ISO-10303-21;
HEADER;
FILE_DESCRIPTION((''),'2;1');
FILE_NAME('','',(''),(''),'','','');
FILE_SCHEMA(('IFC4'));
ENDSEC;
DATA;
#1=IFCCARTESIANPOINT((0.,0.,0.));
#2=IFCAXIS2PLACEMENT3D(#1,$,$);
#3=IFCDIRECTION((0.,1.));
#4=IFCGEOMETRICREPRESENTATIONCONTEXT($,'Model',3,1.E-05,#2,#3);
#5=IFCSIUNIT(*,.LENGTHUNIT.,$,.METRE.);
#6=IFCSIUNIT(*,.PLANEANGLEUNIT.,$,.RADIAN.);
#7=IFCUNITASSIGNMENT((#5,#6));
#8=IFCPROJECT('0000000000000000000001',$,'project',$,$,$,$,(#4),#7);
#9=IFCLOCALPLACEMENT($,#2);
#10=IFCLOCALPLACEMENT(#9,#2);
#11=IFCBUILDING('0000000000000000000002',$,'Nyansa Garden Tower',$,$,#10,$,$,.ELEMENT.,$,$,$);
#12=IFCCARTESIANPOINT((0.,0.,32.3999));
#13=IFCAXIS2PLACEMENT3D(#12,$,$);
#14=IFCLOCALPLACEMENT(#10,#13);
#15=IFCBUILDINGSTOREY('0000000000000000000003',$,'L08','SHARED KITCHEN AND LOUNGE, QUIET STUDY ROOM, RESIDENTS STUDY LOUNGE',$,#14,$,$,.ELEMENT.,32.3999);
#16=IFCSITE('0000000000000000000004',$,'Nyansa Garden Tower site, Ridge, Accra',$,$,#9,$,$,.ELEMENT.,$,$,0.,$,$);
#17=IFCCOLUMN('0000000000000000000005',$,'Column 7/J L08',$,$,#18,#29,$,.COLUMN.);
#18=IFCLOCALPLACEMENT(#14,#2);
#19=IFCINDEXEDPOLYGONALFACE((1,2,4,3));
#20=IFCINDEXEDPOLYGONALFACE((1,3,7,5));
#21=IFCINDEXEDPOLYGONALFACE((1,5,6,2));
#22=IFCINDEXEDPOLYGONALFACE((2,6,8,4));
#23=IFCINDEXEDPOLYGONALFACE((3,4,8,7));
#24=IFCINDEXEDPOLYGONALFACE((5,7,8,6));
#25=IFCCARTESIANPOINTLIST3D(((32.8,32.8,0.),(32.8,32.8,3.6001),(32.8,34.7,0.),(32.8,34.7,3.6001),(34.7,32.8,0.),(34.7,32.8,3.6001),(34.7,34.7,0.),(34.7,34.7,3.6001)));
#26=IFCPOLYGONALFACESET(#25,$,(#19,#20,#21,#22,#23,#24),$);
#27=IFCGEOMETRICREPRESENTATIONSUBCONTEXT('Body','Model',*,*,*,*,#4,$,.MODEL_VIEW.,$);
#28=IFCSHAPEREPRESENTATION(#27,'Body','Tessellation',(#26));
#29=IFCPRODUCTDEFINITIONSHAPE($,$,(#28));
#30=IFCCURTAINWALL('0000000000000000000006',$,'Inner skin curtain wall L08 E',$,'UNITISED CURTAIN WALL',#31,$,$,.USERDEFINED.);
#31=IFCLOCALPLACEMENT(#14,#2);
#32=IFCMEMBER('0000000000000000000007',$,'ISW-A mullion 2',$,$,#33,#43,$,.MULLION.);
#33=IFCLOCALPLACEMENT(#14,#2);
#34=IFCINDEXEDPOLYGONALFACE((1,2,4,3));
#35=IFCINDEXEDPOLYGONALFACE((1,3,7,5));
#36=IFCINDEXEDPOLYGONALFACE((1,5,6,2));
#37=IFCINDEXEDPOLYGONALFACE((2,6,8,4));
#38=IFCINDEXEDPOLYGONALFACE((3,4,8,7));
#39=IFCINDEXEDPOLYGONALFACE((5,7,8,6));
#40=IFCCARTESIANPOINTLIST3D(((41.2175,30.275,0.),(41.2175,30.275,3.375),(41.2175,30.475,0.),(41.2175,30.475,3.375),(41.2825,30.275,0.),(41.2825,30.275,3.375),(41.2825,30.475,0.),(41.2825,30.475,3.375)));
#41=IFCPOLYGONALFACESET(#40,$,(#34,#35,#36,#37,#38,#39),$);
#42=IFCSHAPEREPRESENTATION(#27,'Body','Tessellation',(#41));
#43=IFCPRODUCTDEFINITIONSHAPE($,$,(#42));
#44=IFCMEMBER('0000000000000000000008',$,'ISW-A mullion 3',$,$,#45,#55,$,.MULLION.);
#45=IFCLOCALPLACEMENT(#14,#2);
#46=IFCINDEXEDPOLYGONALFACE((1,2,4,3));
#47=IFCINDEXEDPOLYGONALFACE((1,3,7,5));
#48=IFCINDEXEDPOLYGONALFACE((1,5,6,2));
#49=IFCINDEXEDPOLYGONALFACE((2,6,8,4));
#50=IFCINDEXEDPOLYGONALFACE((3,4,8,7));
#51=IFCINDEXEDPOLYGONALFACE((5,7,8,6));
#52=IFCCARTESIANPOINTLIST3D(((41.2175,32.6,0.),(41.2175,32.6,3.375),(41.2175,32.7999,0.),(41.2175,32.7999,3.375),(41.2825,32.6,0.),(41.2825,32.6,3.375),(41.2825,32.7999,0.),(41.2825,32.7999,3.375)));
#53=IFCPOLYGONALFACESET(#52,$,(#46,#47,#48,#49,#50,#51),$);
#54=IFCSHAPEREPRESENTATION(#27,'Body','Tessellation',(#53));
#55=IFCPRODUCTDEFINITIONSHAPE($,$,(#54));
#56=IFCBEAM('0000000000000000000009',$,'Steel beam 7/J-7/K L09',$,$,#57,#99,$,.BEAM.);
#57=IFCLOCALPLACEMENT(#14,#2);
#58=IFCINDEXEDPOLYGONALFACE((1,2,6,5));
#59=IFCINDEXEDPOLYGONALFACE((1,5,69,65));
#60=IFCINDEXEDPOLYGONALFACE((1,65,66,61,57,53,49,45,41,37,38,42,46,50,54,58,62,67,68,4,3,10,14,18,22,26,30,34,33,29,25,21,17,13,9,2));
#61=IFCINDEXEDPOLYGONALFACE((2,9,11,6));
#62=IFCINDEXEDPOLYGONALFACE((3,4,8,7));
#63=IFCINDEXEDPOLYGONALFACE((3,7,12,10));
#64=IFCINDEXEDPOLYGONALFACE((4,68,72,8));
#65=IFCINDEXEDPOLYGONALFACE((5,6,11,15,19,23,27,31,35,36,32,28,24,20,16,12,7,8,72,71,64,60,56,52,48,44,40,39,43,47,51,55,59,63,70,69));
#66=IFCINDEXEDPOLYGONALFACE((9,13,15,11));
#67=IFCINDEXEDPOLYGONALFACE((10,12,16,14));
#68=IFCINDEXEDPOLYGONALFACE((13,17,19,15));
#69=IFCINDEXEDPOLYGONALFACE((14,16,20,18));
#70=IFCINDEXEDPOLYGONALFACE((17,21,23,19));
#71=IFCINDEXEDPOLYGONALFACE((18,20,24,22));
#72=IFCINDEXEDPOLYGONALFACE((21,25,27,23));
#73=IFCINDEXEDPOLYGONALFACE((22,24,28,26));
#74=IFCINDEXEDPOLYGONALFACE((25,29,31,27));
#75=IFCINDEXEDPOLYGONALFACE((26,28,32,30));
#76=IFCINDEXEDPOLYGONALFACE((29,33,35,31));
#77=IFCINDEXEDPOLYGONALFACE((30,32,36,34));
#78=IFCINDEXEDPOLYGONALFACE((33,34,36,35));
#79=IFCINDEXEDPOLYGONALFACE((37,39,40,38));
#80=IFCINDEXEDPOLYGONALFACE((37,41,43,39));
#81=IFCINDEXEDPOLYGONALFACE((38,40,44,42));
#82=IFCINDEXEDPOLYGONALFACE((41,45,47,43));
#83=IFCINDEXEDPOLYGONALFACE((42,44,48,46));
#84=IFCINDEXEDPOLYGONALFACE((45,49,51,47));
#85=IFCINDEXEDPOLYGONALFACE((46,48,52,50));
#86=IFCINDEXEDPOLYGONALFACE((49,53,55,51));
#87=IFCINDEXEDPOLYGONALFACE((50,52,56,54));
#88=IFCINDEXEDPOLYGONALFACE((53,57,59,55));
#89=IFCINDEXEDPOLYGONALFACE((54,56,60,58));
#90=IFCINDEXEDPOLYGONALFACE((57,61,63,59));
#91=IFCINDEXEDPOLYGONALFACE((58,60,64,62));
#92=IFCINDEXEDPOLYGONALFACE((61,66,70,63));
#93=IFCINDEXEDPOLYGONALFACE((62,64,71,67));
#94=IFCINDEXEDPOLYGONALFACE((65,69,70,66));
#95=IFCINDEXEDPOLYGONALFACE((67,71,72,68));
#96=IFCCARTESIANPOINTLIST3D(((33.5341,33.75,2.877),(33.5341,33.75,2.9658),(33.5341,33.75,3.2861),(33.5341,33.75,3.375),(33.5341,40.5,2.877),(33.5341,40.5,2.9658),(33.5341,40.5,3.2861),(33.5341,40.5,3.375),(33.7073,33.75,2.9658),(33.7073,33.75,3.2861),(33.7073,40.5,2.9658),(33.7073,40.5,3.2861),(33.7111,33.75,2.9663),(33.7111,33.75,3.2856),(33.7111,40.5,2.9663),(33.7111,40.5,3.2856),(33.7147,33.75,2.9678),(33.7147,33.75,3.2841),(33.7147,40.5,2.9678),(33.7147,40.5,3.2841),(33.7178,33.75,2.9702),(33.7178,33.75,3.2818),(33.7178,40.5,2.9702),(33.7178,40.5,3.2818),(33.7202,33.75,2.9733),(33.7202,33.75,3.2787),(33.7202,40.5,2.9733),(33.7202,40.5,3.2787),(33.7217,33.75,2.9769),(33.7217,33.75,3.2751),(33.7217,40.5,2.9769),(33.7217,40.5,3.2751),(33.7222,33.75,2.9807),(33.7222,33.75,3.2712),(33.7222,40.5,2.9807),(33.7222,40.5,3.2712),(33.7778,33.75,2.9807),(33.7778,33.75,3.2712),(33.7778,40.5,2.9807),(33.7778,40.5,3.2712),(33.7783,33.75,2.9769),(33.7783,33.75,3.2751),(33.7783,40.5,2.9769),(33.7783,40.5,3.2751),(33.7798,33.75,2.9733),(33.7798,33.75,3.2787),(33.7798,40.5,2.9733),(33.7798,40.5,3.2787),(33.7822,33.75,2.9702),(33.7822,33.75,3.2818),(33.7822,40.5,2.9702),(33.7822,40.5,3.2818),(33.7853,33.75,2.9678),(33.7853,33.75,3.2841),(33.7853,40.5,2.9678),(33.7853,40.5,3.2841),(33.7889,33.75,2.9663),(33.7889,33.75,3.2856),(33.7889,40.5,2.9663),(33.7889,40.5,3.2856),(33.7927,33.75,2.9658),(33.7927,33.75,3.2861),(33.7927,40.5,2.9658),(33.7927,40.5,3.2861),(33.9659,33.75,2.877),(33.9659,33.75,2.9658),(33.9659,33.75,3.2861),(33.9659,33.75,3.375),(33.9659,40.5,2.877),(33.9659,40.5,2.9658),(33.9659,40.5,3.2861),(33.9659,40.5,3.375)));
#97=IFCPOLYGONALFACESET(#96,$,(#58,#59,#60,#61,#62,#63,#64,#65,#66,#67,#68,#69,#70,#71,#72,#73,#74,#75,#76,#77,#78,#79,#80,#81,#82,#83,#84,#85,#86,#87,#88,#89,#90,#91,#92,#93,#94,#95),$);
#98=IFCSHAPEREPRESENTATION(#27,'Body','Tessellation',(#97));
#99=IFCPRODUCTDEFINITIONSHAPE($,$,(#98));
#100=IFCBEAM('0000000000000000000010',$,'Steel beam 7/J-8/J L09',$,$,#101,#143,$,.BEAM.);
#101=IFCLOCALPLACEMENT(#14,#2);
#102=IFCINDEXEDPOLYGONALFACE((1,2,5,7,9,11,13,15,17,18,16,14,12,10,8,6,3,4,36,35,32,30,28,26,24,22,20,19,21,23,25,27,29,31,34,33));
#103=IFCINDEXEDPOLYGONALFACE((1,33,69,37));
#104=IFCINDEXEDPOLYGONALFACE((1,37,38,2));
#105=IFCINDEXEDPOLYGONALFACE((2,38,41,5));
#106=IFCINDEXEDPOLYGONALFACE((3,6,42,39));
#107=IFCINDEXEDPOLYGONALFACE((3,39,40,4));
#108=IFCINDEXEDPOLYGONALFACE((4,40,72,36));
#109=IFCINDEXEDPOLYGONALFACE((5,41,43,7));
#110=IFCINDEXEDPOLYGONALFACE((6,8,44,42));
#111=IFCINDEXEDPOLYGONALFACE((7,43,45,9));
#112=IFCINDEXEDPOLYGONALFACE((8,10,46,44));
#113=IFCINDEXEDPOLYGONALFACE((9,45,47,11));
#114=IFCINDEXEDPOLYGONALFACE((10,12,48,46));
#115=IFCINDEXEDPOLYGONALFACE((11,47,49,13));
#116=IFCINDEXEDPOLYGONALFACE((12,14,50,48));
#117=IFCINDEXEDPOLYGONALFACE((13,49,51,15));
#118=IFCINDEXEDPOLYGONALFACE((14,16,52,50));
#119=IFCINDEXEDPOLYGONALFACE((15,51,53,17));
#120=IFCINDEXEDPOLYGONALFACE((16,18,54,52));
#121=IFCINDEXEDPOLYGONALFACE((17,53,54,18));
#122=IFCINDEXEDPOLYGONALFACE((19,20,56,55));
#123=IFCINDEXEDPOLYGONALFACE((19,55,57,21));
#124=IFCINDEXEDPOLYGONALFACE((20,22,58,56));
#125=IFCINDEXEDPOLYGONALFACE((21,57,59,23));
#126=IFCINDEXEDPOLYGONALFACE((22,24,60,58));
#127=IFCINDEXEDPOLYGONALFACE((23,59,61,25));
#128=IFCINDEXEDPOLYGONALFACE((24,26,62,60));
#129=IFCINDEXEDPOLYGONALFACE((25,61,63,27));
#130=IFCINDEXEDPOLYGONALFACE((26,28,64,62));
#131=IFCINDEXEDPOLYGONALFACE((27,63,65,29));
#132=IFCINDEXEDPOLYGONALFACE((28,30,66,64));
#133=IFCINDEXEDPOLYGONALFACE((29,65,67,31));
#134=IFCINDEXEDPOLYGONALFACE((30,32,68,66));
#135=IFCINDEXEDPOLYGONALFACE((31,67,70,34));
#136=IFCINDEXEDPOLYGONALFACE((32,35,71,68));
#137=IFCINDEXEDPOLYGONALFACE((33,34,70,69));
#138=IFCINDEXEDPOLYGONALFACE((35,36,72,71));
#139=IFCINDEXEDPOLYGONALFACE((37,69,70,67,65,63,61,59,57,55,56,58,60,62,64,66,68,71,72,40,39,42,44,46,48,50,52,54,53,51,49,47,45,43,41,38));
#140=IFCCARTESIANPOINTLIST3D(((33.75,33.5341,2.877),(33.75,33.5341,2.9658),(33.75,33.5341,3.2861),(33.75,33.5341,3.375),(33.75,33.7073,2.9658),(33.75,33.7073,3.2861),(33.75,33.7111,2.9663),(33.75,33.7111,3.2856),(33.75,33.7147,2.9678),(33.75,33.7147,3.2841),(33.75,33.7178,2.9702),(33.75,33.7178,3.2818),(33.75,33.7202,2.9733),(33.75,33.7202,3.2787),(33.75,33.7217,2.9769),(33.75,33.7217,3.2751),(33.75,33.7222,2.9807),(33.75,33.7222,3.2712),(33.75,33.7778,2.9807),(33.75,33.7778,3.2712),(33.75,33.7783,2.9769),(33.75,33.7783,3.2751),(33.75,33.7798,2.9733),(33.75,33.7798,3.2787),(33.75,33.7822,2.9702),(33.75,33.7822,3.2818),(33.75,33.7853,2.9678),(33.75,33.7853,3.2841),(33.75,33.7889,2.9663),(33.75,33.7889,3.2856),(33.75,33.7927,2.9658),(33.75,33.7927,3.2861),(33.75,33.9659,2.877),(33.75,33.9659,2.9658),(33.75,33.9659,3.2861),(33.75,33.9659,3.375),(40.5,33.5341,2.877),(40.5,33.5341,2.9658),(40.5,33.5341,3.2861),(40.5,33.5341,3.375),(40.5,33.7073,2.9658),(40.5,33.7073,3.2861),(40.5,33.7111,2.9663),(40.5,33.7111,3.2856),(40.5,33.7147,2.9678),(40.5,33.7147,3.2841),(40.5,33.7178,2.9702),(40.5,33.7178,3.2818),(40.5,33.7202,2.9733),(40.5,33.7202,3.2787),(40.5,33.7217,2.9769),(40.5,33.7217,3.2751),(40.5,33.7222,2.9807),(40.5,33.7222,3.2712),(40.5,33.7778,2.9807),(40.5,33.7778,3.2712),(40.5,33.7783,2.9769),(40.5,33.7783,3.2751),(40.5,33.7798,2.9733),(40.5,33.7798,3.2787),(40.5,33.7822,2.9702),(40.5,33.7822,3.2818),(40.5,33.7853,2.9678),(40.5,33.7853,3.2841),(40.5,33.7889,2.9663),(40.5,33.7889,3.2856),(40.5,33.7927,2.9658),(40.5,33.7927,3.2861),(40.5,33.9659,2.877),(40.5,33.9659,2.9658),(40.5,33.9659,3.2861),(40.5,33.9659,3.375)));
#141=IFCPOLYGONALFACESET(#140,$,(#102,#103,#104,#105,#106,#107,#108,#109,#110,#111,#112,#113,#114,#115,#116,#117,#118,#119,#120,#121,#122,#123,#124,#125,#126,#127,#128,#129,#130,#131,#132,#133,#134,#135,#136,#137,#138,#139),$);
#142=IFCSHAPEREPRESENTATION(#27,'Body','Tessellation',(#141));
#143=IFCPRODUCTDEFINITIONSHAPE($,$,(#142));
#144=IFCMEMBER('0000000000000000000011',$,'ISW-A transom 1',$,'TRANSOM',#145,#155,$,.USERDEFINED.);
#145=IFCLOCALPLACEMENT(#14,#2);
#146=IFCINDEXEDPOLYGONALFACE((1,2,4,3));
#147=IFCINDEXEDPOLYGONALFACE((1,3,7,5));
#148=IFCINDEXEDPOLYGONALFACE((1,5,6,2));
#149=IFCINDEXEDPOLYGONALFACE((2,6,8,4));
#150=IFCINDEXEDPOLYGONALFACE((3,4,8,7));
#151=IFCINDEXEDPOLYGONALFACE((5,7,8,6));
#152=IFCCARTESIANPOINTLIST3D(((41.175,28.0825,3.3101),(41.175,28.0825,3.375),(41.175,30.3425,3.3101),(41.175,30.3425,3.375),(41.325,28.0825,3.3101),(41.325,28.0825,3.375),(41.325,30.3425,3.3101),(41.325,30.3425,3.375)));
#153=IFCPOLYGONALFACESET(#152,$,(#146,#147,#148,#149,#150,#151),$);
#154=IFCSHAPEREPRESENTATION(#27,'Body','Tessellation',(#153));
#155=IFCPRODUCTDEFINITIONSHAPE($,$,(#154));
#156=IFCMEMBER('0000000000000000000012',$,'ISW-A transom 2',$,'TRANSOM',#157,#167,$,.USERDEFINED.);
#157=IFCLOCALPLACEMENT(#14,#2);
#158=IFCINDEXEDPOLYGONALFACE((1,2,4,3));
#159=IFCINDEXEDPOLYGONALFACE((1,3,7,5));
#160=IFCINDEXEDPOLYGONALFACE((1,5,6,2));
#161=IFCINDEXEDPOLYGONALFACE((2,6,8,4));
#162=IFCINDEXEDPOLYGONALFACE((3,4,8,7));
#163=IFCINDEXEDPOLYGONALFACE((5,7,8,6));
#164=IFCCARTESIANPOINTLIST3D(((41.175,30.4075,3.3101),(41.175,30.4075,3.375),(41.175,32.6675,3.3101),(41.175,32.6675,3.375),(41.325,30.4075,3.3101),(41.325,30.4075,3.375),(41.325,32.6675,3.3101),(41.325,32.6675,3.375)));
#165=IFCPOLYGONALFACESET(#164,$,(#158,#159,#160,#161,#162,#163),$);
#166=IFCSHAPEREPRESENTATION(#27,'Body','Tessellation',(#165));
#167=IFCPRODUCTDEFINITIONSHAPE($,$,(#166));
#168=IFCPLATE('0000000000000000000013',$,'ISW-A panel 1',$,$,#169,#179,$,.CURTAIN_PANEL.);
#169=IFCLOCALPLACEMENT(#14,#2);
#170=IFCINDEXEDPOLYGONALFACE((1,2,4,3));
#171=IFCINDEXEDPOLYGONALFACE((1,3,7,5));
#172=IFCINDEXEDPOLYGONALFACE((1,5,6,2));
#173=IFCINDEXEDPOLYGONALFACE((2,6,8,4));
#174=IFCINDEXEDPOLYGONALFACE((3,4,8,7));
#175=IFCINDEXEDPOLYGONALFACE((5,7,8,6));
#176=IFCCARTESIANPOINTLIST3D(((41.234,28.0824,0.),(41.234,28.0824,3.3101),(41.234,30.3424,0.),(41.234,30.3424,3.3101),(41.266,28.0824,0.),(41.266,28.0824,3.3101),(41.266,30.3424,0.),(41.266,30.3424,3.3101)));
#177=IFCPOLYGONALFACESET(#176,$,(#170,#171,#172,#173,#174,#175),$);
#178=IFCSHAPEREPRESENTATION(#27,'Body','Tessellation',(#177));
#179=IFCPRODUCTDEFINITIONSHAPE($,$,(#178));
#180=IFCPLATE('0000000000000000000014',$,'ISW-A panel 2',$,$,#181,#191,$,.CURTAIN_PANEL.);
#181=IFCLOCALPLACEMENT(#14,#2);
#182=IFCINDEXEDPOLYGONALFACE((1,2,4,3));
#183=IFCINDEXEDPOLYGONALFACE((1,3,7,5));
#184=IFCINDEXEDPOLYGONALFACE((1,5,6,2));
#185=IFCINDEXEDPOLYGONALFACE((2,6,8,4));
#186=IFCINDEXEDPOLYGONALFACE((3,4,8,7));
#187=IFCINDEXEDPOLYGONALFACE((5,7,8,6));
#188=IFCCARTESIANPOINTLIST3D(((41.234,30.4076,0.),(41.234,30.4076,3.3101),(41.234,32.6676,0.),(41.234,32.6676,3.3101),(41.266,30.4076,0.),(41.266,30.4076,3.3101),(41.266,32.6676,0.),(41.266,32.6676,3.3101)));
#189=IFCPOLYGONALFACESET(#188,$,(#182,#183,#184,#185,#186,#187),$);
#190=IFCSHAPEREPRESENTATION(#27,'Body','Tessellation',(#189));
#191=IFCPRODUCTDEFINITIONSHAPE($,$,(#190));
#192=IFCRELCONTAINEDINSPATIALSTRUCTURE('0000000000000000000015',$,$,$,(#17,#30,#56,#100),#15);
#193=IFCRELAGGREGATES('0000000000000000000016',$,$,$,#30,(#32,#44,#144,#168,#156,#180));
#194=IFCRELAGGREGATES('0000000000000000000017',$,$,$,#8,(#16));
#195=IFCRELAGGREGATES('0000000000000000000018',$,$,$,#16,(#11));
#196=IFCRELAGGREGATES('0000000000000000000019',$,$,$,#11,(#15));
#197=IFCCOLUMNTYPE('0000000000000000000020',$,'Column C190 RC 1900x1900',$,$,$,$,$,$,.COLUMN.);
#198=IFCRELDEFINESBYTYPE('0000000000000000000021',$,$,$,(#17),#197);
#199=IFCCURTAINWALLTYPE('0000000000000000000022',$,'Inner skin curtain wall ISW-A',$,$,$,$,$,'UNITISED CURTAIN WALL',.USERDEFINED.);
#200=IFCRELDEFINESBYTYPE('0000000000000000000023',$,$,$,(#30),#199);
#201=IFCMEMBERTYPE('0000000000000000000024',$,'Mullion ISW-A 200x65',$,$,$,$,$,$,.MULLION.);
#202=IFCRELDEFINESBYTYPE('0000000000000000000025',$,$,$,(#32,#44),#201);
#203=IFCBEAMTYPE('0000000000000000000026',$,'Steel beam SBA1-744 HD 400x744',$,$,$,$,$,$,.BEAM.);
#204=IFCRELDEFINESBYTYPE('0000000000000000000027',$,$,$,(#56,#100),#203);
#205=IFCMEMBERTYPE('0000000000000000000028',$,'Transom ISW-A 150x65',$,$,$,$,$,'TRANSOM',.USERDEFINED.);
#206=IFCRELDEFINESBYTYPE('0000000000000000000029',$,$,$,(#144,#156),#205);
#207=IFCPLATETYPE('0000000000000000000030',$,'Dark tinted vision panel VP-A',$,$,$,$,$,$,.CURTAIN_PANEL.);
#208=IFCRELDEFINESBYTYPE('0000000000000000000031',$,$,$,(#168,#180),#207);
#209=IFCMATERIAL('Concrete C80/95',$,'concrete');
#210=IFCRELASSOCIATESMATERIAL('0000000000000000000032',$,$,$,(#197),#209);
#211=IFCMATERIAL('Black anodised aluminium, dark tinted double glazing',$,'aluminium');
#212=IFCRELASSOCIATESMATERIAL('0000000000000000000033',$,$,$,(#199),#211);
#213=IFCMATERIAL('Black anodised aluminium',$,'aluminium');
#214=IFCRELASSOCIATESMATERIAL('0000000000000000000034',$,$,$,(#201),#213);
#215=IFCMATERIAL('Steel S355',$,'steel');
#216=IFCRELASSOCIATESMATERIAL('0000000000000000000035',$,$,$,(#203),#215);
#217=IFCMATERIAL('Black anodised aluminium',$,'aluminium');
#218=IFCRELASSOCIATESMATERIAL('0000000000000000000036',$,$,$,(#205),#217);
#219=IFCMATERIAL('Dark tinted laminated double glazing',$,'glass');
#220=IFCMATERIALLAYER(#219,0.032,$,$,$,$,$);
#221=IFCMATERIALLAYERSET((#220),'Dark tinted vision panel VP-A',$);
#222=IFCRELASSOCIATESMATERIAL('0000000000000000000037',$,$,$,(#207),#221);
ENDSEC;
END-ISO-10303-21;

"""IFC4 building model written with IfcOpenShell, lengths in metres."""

from ifc_helpers import new_model, si_unit, direction, frame, origin, origin_2d, place, context, subcontext, project, spatial, rectangle, i_section, extrude, material, layer, layer_set, material_profile, profile_set, type_object, element, aggregate, save


model = new_model("IFC4")

# Units and contexts
model_context = context("Model", 3, precision=1e-05, world=origin(), true_north=direction((0.0, 1.0)))
body_context = subcontext(model_context, "Body", "Model", "MODEL_VIEW")
ifc_project = project(units=[si_unit("LENGTHUNIT", "METRE"), si_unit("PLANEANGLEUNIT", "RADIAN")], contexts=[model_context])

# Site, building, storey
site_placement = place(None, origin())
site = spatial("IfcSite", under=ifc_project, at=site_placement, Name="Nyansa Garden Tower site, Ridge, Accra", CompositionType="ELEMENT", RefElevation=0.0)
building_placement = place(site_placement, origin())
building = spatial("IfcBuilding", under=site, at=building_placement, Name="Nyansa Garden Tower", CompositionType="ELEMENT")
storey_placement = place(building_placement, frame((0.0, 0.0, 32.3999)))
storey = spatial("IfcBuildingStorey", under=building, at=storey_placement, Name="L08", Description="SHARED KITCHEN AND LOUNGE, QUIET STUDY ROOM, RESIDENTS STUDY LOUNGE", CompositionType="ELEMENT", Elevation=32.3999)

# Column
ifc_material_1 = material(Name="Concrete C80/95", Category="concrete")
ifc_material_profile_1 = material_profile(ifc_material_1, rectangle(XDim=1.8999, YDim=1.8999, at=origin_2d()), Name="RC 1900x1900")
ifc_profile_set_1 = profile_set([ifc_material_profile_1], Name="Concrete C80/95")
column_type = type_object("IfcColumnType", Name="Column C190 RC 1900x1900", PredefinedType="COLUMN", material=ifc_profile_set_1)
column_placement = place(storey_placement, frame((33.75, 33.75, 0.0), z_axis=(0.0, 0.0, 1.0), x_axis=(1.0, 0.0, 0.0)))
element("IfcColumn", 1, at=column_placement, inside=storey, type_object=column_type, Name="Column 7/J L08", PredefinedType="COLUMN", context=body_context, shape_type="SweptSolid", body=[
    extrude(rectangle(XDim=1.8999, YDim=1.8999, at=origin_2d()), origin(), (0.0, 0.0, 1.0), 3.6001),
])

# Curtain wall, members
ifc_material_2 = material(Name="Black anodised aluminium, dark tinted double glazing", Category="aluminium")
curtain_wall_type = type_object("IfcCurtainWallType", Name="Inner skin curtain wall ISW-A", ElementType="UNITISED CURTAIN WALL", PredefinedType="USERDEFINED", material=ifc_material_2)
curtain_wall_placement = place(storey_placement, origin())
curtain_wall = element("IfcCurtainWall", 2, at=curtain_wall_placement, inside=storey, type_object=curtain_wall_type, Name="Inner skin curtain wall L08 E", ObjectType="UNITISED CURTAIN WALL", PredefinedType="USERDEFINED")
ifc_material_3 = material(Name="Black anodised aluminium", Category="aluminium")
ifc_material_profile_2 = material_profile(ifc_material_3, rectangle(XDim=0.0649, YDim=0.2, at=origin_2d()), Name="Mullion 200x65")
ifc_profile_set_2 = profile_set([ifc_material_profile_2], Name="Black anodised aluminium")
member_type_1 = type_object("IfcMemberType", Name="Mullion ISW-A 200x65", PredefinedType="MULLION", material=ifc_profile_set_2)
member_1_placement = place(storey_placement, frame((41.25, 30.375, 0.0), z_axis=(0.0, 0.0, 1.0), x_axis=(-1.0, 0.0, 0.0)))
member_1 = element("IfcMember", 3, at=member_1_placement, type_object=member_type_1, Name="ISW-A mullion 2", PredefinedType="MULLION", context=body_context, shape_type="SweptSolid", body=[
    extrude(rectangle(XDim=0.0649, YDim=0.2, at=origin_2d()), origin(), (0.0, 0.0, 1.0), 3.375),
])
member_2_placement = place(storey_placement, frame((41.25, 32.7, 0.0), z_axis=(0.0, 0.0, 1.0), x_axis=(-1.0, 0.0, 0.0)))
member_2 = element("IfcMember", 4, at=member_2_placement, type_object=member_type_1, Name="ISW-A mullion 3", PredefinedType="MULLION", context=body_context, shape_type="SweptSolid", body=[
    extrude(rectangle(XDim=0.0649, YDim=0.2, at=origin_2d()), origin(), (0.0, 0.0, 1.0), 3.375),
])

# Beams
ifc_material_4 = material(Name="Steel S355", Category="steel")
ifc_material_profile_3 = material_profile(ifc_material_4, i_section(OverallWidth=0.4319, OverallDepth=0.498, WebThickness=0.0557, FlangeThickness=0.0889, FilletRadius=0.0149, at=origin_2d()), Name="HD 400x744")
ifc_profile_set_3 = profile_set([ifc_material_profile_3], Name="Steel S355")
beam_type = type_object("IfcBeamType", Name="Steel beam SBA1-744 HD 400x744", PredefinedType="BEAM", material=ifc_profile_set_3)
for number, where, z_axis, x_axis, name in (
    (5, (33.75, 33.75, 3.126), (0.0, 1.0, 0.0), (-1.0, 0.0, 0.0), "Steel beam 7/J-7/K L09"),
    (6, (33.75, 33.75, 3.126), (1.0, 0.0, 0.0), (0.0, 1.0, 0.0), "Steel beam 7/J-8/J L09"),
):
    element("IfcBeam", number, at=place(storey_placement, frame(where, z_axis=z_axis, x_axis=x_axis)), inside=storey, type_object=beam_type, Name=name, PredefinedType="BEAM", context=body_context, shape_type="SweptSolid", body=[
        extrude(i_section(OverallWidth=0.4319, OverallDepth=0.498, WebThickness=0.0557, FlangeThickness=0.0889, FilletRadius=0.0149, at=origin_2d()), origin(), (0.0, 0.0, 1.0), 6.75),
    ])

# Members
ifc_material_5 = material(Name="Black anodised aluminium", Category="aluminium")
ifc_material_profile_4 = material_profile(ifc_material_5, rectangle(XDim=0.1499, YDim=0.0649, at=origin_2d()), Name="Transom 150x65")
ifc_profile_set_4 = profile_set([ifc_material_profile_4], Name="Black anodised aluminium")
member_type_2 = type_object("IfcMemberType", Name="Transom ISW-A 150x65", ElementType="TRANSOM", PredefinedType="USERDEFINED", material=ifc_profile_set_4)
member_3_placement = place(storey_placement, frame((41.25, 28.0825, 3.3425), z_axis=(0.0, 1.0, 0.0), x_axis=(-1.0, 0.0, 0.0)))
member_3 = element("IfcMember", 7, at=member_3_placement, type_object=member_type_2, Name="ISW-A transom 1", ObjectType="TRANSOM", PredefinedType="USERDEFINED", context=body_context, shape_type="SweptSolid", body=[
    extrude(rectangle(XDim=0.1499, YDim=0.0649, at=origin_2d()), origin(), (0.0, 0.0, 1.0), 2.26),
])
member_4_placement = place(storey_placement, frame((41.25, 30.4075, 3.3425), z_axis=(0.0, 1.0, 0.0), x_axis=(-1.0, 0.0, 0.0)))
member_4 = element("IfcMember", 8, at=member_4_placement, type_object=member_type_2, Name="ISW-A transom 2", ObjectType="TRANSOM", PredefinedType="USERDEFINED", context=body_context, shape_type="SweptSolid", body=[
    extrude(rectangle(XDim=0.1499, YDim=0.0649, at=origin_2d()), origin(), (0.0, 0.0, 1.0), 2.26),
])

# Plates
ifc_material_6 = material(Name="Dark tinted laminated double glazing", Category="glass")
ifc_layer_1 = layer(ifc_material_6, 0.032)
ifc_layer_set_1 = layer_set([ifc_layer_1], Name="Dark tinted vision panel VP-A")
plate_type = type_object("IfcPlateType", Name="Dark tinted vision panel VP-A", PredefinedType="CURTAIN_PANEL", material=ifc_layer_set_1)
plate_1_placement = place(storey_placement, frame((41.25, 29.2124, 0.0), z_axis=(0.0, 0.0, 1.0), x_axis=(0.0, 1.0, 0.0)))
plate_1 = element("IfcPlate", 9, at=plate_1_placement, type_object=plate_type, Name="ISW-A panel 1", PredefinedType="CURTAIN_PANEL", context=body_context, shape_type="SweptSolid", body=[
    extrude(rectangle(XDim=2.26, YDim=0.032, at=origin_2d()), origin(), (0.0, 0.0, 1.0), 3.3101),
])
plate_2_placement = place(storey_placement, frame((41.25, 31.5376, 0.0), z_axis=(0.0, 0.0, 1.0), x_axis=(0.0, 1.0, 0.0)))
plate_2 = element("IfcPlate", 10, at=plate_2_placement, type_object=plate_type, Name="ISW-A panel 2", PredefinedType="CURTAIN_PANEL", context=body_context, shape_type="SweptSolid", body=[
    extrude(rectangle(XDim=2.26, YDim=0.032, at=origin_2d()), origin(), (0.0, 0.0, 1.0), 3.3101),
])
aggregate(curtain_wall, [member_1, member_2, member_3, plate_1, member_4, plate_2])

save(model, "model.ifc")
